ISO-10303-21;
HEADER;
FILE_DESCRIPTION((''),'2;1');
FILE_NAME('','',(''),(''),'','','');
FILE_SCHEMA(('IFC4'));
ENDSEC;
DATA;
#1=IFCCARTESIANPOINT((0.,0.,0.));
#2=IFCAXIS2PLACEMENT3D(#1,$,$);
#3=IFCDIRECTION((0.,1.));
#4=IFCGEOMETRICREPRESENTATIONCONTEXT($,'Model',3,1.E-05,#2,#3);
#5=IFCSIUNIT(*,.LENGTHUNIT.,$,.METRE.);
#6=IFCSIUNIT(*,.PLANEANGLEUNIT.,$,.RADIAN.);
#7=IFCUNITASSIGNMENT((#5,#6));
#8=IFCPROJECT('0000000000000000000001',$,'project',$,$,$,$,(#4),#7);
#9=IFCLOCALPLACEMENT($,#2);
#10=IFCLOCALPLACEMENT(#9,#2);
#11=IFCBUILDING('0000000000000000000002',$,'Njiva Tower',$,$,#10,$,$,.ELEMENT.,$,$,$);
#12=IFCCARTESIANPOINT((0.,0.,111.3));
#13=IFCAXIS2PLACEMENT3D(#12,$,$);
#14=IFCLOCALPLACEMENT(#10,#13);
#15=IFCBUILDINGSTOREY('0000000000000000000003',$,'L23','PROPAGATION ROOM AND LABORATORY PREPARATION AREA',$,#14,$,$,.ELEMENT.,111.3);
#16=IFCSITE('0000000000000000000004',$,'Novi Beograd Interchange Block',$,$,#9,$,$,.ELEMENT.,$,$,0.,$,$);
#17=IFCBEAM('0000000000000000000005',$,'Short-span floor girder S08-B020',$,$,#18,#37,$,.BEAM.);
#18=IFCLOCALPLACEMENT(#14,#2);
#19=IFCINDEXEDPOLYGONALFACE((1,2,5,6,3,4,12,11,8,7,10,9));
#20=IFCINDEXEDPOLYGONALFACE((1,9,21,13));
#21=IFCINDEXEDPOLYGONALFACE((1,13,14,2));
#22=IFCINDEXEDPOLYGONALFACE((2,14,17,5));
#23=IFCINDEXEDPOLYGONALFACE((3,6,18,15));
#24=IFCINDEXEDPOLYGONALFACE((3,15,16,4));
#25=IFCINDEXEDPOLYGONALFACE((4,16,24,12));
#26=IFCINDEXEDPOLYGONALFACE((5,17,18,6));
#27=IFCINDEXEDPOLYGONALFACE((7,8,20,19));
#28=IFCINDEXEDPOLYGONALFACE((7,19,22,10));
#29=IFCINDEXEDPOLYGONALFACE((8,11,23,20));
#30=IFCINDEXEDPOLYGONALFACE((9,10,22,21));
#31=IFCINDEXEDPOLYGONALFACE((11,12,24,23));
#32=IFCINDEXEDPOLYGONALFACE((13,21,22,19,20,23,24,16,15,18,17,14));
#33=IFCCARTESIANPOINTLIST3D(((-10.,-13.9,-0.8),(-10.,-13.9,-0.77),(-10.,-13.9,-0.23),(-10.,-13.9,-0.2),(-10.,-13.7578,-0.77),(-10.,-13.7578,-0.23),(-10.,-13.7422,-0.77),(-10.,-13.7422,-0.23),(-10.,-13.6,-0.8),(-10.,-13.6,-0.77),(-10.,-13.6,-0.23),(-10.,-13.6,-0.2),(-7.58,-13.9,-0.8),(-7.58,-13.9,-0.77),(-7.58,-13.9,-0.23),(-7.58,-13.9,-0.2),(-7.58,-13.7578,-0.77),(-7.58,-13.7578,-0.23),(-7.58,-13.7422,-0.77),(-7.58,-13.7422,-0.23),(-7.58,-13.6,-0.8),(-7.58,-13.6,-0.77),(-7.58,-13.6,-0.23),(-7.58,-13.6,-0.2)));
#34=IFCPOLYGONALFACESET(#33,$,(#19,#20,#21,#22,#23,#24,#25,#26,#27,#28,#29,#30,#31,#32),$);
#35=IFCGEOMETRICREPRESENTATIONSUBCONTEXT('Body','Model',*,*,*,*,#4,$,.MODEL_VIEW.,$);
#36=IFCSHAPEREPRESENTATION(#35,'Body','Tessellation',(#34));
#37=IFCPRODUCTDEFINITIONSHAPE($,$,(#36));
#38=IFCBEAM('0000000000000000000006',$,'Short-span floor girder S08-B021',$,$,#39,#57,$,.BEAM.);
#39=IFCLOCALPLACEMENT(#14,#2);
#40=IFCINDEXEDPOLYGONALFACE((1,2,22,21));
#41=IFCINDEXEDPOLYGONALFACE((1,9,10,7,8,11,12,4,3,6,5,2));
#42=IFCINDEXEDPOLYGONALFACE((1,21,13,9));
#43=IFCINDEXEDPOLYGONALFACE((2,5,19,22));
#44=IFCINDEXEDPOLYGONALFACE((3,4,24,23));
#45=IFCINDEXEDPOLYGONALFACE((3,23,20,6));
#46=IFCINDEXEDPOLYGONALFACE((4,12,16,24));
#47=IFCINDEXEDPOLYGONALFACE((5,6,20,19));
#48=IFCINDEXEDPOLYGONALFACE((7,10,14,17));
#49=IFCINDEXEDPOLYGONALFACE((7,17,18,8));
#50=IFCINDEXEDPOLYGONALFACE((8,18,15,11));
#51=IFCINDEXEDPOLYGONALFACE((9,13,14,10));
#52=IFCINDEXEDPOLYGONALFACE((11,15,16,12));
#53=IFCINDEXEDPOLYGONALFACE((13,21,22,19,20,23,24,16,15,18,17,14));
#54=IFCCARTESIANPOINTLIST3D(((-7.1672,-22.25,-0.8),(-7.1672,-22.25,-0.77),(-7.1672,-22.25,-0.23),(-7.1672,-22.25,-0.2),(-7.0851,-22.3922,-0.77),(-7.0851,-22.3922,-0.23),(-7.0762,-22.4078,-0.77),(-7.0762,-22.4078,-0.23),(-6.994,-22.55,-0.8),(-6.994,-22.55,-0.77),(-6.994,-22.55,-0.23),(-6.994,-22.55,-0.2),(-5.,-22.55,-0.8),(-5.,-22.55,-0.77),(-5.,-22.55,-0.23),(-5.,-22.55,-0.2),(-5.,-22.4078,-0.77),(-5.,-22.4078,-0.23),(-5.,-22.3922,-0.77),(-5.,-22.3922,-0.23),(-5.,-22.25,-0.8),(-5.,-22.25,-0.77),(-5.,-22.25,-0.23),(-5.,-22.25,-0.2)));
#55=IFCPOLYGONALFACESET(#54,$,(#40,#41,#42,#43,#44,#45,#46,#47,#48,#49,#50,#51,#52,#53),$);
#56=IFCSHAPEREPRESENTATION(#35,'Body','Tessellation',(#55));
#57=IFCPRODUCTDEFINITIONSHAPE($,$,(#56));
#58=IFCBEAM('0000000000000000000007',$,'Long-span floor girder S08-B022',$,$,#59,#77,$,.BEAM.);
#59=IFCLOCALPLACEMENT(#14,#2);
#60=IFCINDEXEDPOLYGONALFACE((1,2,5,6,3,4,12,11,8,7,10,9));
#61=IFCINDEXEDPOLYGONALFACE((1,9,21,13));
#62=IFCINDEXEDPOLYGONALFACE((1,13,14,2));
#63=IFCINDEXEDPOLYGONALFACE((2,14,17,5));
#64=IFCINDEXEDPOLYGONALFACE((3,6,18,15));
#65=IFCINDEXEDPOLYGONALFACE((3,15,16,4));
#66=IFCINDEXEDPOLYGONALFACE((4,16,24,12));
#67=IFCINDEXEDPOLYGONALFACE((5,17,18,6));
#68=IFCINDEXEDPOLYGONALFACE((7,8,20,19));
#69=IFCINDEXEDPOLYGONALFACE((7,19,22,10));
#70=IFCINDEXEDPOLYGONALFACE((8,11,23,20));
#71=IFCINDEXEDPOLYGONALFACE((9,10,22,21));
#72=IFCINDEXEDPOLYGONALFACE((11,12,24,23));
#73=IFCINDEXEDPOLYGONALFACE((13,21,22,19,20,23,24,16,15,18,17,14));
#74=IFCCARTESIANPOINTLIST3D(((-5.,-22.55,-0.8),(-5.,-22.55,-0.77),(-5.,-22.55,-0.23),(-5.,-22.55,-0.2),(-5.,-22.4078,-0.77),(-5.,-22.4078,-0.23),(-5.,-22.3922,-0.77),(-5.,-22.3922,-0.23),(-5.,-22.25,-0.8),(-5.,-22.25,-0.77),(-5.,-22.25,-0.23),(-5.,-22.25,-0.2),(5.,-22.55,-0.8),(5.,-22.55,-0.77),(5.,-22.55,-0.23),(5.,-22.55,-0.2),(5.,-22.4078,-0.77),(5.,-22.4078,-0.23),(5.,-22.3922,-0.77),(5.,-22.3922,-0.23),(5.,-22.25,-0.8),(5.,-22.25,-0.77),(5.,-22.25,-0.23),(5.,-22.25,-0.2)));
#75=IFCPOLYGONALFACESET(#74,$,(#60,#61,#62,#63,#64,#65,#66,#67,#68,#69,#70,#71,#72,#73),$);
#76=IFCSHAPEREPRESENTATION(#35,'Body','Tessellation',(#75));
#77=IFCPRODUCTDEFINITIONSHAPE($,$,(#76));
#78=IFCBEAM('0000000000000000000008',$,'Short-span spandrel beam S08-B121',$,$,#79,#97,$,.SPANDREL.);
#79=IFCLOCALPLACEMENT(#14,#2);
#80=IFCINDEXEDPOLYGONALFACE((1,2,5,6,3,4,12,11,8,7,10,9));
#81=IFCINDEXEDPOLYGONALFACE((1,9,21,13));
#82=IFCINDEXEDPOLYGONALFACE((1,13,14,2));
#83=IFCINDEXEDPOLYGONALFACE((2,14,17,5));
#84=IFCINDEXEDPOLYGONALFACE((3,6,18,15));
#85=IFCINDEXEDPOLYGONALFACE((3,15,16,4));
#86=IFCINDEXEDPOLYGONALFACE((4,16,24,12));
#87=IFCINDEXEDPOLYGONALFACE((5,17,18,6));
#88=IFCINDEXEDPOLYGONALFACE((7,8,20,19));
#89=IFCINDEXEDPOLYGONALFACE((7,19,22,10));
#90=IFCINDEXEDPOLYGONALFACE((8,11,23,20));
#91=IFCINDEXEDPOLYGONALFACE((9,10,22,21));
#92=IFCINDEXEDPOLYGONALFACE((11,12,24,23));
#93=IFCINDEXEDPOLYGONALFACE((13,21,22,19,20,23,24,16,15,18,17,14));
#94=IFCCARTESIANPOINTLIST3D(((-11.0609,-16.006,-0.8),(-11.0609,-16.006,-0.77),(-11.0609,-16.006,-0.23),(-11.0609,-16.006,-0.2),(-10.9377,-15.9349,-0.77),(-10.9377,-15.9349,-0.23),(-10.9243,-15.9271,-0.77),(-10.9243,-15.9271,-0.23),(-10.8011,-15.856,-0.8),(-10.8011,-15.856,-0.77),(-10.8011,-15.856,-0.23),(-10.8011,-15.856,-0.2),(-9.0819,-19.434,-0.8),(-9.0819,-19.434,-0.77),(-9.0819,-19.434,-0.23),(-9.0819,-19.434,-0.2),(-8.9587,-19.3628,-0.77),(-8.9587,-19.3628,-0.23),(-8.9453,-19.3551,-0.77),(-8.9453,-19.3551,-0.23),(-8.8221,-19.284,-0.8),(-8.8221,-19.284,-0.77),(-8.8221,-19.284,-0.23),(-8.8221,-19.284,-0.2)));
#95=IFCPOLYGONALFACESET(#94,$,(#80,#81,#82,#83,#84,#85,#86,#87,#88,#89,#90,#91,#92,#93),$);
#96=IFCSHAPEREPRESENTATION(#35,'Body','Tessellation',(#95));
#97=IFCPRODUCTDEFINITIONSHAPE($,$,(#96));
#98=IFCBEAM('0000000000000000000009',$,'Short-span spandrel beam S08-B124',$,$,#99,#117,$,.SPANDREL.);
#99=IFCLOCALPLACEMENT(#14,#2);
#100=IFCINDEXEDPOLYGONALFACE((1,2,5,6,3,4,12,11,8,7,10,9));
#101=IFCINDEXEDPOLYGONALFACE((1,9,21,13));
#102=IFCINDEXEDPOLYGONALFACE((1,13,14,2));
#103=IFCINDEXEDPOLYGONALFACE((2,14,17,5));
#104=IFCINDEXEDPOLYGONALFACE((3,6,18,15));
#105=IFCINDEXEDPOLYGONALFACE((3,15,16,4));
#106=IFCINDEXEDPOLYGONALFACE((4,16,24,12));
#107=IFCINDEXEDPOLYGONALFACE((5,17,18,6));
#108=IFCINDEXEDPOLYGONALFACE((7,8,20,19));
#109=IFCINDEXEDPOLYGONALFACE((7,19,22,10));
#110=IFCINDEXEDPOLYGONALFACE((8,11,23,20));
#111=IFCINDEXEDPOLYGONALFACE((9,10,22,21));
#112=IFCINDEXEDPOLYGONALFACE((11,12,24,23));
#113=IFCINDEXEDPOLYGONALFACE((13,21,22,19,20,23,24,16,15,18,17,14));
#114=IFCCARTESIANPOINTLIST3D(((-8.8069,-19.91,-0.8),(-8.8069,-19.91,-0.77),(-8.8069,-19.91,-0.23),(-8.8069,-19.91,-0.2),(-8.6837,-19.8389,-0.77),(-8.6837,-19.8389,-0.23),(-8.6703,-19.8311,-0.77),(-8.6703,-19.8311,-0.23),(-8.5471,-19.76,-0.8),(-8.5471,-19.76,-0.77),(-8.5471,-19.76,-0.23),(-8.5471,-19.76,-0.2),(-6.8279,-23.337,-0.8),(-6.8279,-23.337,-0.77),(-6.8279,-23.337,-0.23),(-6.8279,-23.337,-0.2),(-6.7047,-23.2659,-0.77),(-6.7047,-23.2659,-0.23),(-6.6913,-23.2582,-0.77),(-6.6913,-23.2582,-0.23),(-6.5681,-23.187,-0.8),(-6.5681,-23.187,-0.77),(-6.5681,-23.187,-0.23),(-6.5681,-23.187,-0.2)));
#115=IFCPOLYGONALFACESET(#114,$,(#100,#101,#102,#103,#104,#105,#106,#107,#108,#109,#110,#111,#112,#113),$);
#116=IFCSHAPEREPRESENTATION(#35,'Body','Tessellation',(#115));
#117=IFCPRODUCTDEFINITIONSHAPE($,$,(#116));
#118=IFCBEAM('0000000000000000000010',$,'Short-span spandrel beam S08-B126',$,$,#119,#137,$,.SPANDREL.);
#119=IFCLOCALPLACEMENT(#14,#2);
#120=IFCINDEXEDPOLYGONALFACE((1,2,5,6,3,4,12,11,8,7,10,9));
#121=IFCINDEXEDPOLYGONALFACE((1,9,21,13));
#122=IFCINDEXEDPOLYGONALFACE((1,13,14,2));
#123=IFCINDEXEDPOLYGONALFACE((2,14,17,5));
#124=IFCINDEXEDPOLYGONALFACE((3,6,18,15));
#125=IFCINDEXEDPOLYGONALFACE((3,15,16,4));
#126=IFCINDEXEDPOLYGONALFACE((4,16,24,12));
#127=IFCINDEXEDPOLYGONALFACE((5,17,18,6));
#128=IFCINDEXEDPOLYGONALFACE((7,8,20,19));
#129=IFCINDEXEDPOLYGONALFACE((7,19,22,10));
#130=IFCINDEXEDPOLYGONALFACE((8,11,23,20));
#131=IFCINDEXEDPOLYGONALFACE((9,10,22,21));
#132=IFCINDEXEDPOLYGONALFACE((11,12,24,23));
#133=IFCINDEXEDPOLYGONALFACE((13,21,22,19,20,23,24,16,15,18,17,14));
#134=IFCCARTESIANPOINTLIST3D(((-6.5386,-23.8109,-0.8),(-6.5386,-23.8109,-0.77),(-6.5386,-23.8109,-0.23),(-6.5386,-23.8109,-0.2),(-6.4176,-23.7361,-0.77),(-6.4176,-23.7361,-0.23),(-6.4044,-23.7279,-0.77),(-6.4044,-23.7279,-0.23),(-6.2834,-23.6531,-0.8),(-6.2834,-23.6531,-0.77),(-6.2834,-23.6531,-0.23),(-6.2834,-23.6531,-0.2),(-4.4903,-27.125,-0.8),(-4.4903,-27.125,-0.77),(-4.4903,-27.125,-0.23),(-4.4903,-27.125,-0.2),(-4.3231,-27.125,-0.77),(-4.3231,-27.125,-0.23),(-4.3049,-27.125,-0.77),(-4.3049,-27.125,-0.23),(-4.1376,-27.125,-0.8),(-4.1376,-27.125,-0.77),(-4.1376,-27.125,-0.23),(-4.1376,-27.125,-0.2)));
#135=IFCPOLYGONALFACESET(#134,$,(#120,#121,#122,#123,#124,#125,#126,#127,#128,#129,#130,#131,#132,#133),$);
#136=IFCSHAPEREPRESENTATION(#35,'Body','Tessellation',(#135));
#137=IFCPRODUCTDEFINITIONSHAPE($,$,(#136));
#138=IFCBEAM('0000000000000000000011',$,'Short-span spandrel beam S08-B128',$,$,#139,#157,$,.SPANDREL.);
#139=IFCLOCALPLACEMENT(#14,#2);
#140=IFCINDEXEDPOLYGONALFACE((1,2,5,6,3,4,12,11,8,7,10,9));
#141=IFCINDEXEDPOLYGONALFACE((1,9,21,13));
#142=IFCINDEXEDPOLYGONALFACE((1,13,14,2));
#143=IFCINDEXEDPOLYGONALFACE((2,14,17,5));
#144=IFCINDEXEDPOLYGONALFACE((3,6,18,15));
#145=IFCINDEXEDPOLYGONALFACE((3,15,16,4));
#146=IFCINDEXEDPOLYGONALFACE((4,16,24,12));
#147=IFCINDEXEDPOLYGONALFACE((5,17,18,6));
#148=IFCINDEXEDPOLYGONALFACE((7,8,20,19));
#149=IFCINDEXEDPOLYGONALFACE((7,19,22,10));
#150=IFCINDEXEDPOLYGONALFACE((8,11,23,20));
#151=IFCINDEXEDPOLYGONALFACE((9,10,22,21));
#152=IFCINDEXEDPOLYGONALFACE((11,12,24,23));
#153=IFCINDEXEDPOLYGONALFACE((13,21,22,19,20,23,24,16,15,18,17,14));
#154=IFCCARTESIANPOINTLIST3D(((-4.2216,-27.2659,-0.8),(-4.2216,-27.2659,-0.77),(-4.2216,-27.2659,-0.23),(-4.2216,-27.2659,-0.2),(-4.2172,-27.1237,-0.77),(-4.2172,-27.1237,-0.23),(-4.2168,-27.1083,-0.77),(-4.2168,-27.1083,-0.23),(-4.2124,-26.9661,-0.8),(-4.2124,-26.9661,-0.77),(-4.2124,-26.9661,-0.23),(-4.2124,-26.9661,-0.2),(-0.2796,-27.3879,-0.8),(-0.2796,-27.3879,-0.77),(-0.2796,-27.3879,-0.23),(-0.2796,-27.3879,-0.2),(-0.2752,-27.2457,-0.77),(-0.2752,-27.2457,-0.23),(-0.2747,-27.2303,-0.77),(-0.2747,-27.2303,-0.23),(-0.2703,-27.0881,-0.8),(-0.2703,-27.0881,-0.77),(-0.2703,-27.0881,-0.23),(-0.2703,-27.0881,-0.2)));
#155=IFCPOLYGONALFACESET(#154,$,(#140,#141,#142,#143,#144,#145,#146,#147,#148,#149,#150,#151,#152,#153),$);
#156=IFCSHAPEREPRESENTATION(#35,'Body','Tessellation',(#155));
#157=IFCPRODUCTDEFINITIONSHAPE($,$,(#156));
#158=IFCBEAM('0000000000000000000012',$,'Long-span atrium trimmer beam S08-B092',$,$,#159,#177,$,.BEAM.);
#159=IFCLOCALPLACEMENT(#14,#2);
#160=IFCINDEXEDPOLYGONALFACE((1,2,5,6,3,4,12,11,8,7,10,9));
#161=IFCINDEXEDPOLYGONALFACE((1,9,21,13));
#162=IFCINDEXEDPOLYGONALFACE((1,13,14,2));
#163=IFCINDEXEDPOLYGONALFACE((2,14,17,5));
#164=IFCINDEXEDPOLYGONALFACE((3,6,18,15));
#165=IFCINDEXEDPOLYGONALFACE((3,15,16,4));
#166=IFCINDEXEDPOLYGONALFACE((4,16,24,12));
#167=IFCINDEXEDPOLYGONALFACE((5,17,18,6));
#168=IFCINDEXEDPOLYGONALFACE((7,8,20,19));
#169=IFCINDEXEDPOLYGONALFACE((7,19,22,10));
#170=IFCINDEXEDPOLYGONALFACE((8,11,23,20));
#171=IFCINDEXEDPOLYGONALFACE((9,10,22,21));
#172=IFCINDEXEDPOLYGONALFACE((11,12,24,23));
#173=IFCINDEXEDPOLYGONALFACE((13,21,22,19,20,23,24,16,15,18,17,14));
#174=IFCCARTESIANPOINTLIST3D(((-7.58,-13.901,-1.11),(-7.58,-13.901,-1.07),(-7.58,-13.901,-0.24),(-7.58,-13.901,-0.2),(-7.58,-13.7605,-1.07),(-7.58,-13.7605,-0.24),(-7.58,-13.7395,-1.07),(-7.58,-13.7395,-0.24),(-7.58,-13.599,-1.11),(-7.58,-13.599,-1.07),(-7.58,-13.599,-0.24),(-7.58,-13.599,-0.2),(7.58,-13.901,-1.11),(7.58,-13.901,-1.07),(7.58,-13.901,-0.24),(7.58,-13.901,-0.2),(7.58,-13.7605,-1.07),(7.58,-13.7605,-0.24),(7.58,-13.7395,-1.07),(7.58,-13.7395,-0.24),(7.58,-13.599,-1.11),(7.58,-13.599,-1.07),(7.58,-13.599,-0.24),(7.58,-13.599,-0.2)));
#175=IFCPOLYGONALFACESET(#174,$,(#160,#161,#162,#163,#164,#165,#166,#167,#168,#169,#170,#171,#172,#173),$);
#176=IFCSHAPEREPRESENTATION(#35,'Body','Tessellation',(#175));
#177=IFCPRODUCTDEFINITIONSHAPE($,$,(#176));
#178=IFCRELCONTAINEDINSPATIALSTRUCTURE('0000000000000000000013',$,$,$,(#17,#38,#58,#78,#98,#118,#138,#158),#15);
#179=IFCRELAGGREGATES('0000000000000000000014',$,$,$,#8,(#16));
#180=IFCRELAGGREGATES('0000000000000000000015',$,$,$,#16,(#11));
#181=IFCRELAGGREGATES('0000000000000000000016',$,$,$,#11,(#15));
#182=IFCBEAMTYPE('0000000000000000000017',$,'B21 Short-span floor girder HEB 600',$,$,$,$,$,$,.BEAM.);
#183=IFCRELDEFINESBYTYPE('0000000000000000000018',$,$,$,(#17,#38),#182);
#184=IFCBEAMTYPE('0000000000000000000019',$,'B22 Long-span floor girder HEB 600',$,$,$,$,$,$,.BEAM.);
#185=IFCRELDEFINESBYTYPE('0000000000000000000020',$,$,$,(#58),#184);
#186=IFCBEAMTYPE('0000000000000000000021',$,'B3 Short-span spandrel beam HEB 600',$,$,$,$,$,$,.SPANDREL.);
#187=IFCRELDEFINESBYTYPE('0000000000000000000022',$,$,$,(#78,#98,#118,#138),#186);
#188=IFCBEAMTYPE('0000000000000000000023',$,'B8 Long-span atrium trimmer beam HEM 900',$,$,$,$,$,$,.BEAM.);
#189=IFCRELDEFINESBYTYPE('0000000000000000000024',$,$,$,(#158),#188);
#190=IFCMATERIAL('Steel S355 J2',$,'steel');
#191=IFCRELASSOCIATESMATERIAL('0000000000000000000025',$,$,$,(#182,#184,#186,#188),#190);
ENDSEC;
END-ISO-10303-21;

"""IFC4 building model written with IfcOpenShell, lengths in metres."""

from ifc_helpers import new_model, si_unit, direction, frame, origin, origin_2d, place, context, subcontext, project, spatial, i_section, extrude, clip, halfspace, material, material_profile, profile_set, type_object, element, save


model = new_model("IFC4")

# Units and contexts
model_context = context("Model", 3, precision=1e-05, world=origin(), true_north=direction((0.0, 1.0)))
body_context = subcontext(model_context, "Body", "Model", "MODEL_VIEW")
ifc_project = project(units=[si_unit("LENGTHUNIT", "METRE"), si_unit("PLANEANGLEUNIT", "RADIAN")], contexts=[model_context])

# Site, building, storey
site_placement = place(None, origin())
site = spatial("IfcSite", under=ifc_project, at=site_placement, Name="Novi Beograd Interchange Block", CompositionType="ELEMENT", RefElevation=0.0)
building_placement = place(site_placement, origin())
building = spatial("IfcBuilding", under=site, at=building_placement, Name="Njiva Tower", CompositionType="ELEMENT")
storey_placement = place(building_placement, frame((0.0, 0.0, 111.3)))
storey = spatial("IfcBuildingStorey", under=building, at=storey_placement, Name="L23", Description="PROPAGATION ROOM AND LABORATORY PREPARATION AREA", CompositionType="ELEMENT", Elevation=111.3)

# Shared definitions
ifc_material_1 = material(Name="Steel S355 J2", Category="steel")

# Beams
ifc_material_profile_1 = material_profile(ifc_material_1, i_section(OverallWidth=0.3, OverallDepth=0.6, WebThickness=0.0155, FlangeThickness=0.03, at=origin_2d()), Name="HEB 600")
ifc_profile_set_1 = profile_set([ifc_material_profile_1], Name="Steel S355 J2")
beam_type_1 = type_object("IfcBeamType", Name="B21 Short-span floor girder HEB 600", PredefinedType="BEAM", material=ifc_profile_set_1)
beam_1_placement = place(storey_placement, frame((-10.0, -13.75, -0.5), z_axis=(1.0, 0.0, 0.0), x_axis=(0.0, 1.0, 0.0)))
element("IfcBeam", 1, at=beam_1_placement, inside=storey, type_object=beam_type_1, Name="Short-span floor girder S08-B020", PredefinedType="BEAM", context=body_context, shape_type="SweptSolid", body=[
    extrude(i_section(OverallWidth=0.3, OverallDepth=0.6, WebThickness=0.0155, FlangeThickness=0.03, at=origin_2d()), origin(), (0.0, 0.0, 1.0), 2.42),
])
beam_2_placement = place(storey_placement, frame((-7.188, -22.4, -0.5), z_axis=(1.0, 0.0, 0.0), x_axis=(0.0, 1.0, 0.0)))
element("IfcBeam", 2, at=beam_2_placement, inside=storey, type_object=beam_type_1, Name="Short-span floor girder S08-B021", PredefinedType="BEAM", context=body_context, shape_type="Clipping", body=[
    clip(extrude(i_section(OverallWidth=0.3, OverallDepth=0.6, WebThickness=0.0155, FlangeThickness=0.03, at=origin_2d()), origin(), (0.0, 0.0, 1.0), 2.188), halfspace(frame((-0.025, 0.0, 0.1218), z_axis=(-0.499998, 0.0, -0.866027), x_axis=(0.0, -1.0, 0.0)), False)),
])
ifc_material_profile_2 = material_profile(ifc_material_1, i_section(OverallWidth=0.3, OverallDepth=0.6, WebThickness=0.0155, FlangeThickness=0.03, at=origin_2d()), Name="HEB 600")
ifc_profile_set_2 = profile_set([ifc_material_profile_2], Name="Steel S355 J2")
beam_type_2 = type_object("IfcBeamType", Name="B22 Long-span floor girder HEB 600", PredefinedType="BEAM", material=ifc_profile_set_2)
beam_3_placement = place(storey_placement, frame((-5.0, -22.4, -0.5), z_axis=(1.0, 0.0, 0.0), x_axis=(0.0, 1.0, 0.0)))
element("IfcBeam", 3, at=beam_3_placement, inside=storey, type_object=beam_type_2, Name="Long-span floor girder S08-B022", PredefinedType="BEAM", context=body_context, shape_type="SweptSolid", body=[
    extrude(i_section(OverallWidth=0.3, OverallDepth=0.6, WebThickness=0.0155, FlangeThickness=0.03, at=origin_2d()), origin(), (0.0, 0.0, 1.0), 10.0),
])
ifc_material_profile_3 = material_profile(ifc_material_1, i_section(OverallWidth=0.3, OverallDepth=0.6, WebThickness=0.0155, FlangeThickness=0.03, at=origin_2d()), Name="HEB 600")
ifc_profile_set_3 = profile_set([ifc_material_profile_3], Name="Steel S355 J2")
beam_type_3 = type_object("IfcBeamType", Name="B3 Short-span spandrel beam HEB 600", PredefinedType="SPANDREL", material=ifc_profile_set_3)
beam_4_placement = place(storey_placement, frame((-10.931, -15.931, -0.5), z_axis=(0.49997, -0.866043, 0.0), x_axis=(0.866043, 0.49997, 0.0)))
element("IfcBeam", 4, at=beam_4_placement, inside=storey, type_object=beam_type_3, Name="Short-span spandrel beam S08-B121", PredefinedType="SPANDREL", context=body_context, shape_type="SweptSolid", body=[
    extrude(i_section(OverallWidth=0.3, OverallDepth=0.6, WebThickness=0.0155, FlangeThickness=0.03, at=origin_2d()), origin(), (0.0, 0.0, 1.0), 3.9582),
])
beam_5_placement = place(storey_placement, frame((-8.677, -19.835, -0.5), z_axis=(0.50008, -0.865979, 0.0), x_axis=(0.865979, 0.50008, 0.0)))
element("IfcBeam", 5, at=beam_5_placement, inside=storey, type_object=beam_type_3, Name="Short-span spandrel beam S08-B124", PredefinedType="SPANDREL", context=body_context, shape_type="SweptSolid", body=[
    extrude(i_section(OverallWidth=0.3, OverallDepth=0.6, WebThickness=0.0155, FlangeThickness=0.03, at=origin_2d()), origin(), (0.0, 0.0, 1.0), 3.9574),
])
beam_6_placement = place(storey_placement, frame((-6.411, -23.732, -0.5), z_axis=(0.525733, -0.85065, 0.0), x_axis=(0.85065, 0.525733, 0.0)))
element("IfcBeam", 6, at=beam_6_placement, inside=storey, type_object=beam_type_3, Name="Short-span spandrel beam S08-B126", PredefinedType="SPANDREL", context=body_context, shape_type="Clipping", body=[
    clip(extrude(i_section(OverallWidth=0.3, OverallDepth=0.6, WebThickness=0.0155, FlangeThickness=0.03, at=origin_2d()), origin(), (0.0, 0.0, 1.0), 4.1017), halfspace(frame((-0.0263, 0.0, 3.9725), z_axis=(-0.525733, 0.0, 0.85065), x_axis=(0.0, 1.0, 0.0)), False)),
])
beam_7_placement = place(storey_placement, frame((-4.217, -27.116, -0.5), z_axis=(0.999521, -0.030934, 0.0), x_axis=(0.030934, 0.999521, 0.0)))
element("IfcBeam", 7, at=beam_7_placement, inside=storey, type_object=beam_type_3, Name="Short-span spandrel beam S08-B128", PredefinedType="SPANDREL", context=body_context, shape_type="SweptSolid", body=[
    extrude(i_section(OverallWidth=0.3, OverallDepth=0.6, WebThickness=0.0155, FlangeThickness=0.03, at=origin_2d()), origin(), (0.0, 0.0, 1.0), 3.9439),
])
ifc_material_profile_4 = material_profile(ifc_material_1, i_section(OverallWidth=0.302, OverallDepth=0.91, WebThickness=0.021, FlangeThickness=0.04, at=origin_2d()), Name="HEM 900")
ifc_profile_set_4 = profile_set([ifc_material_profile_4], Name="Steel S355 J2")
beam_type_4 = type_object("IfcBeamType", Name="B8 Long-span atrium trimmer beam HEM 900", PredefinedType="BEAM", material=ifc_profile_set_4)
beam_8_placement = place(storey_placement, frame((-7.58, -13.75, -0.655), z_axis=(1.0, 0.0, 0.0), x_axis=(0.0, 1.0, 0.0)))
element("IfcBeam", 8, at=beam_8_placement, inside=storey, type_object=beam_type_4, Name="Long-span atrium trimmer beam S08-B092", PredefinedType="BEAM", context=body_context, shape_type="SweptSolid", body=[
    extrude(i_section(OverallWidth=0.302, OverallDepth=0.91, WebThickness=0.021, FlangeThickness=0.04, at=origin_2d()), origin(), (0.0, 0.0, 1.0), 15.16),
])

save(model, "model.ifc")
